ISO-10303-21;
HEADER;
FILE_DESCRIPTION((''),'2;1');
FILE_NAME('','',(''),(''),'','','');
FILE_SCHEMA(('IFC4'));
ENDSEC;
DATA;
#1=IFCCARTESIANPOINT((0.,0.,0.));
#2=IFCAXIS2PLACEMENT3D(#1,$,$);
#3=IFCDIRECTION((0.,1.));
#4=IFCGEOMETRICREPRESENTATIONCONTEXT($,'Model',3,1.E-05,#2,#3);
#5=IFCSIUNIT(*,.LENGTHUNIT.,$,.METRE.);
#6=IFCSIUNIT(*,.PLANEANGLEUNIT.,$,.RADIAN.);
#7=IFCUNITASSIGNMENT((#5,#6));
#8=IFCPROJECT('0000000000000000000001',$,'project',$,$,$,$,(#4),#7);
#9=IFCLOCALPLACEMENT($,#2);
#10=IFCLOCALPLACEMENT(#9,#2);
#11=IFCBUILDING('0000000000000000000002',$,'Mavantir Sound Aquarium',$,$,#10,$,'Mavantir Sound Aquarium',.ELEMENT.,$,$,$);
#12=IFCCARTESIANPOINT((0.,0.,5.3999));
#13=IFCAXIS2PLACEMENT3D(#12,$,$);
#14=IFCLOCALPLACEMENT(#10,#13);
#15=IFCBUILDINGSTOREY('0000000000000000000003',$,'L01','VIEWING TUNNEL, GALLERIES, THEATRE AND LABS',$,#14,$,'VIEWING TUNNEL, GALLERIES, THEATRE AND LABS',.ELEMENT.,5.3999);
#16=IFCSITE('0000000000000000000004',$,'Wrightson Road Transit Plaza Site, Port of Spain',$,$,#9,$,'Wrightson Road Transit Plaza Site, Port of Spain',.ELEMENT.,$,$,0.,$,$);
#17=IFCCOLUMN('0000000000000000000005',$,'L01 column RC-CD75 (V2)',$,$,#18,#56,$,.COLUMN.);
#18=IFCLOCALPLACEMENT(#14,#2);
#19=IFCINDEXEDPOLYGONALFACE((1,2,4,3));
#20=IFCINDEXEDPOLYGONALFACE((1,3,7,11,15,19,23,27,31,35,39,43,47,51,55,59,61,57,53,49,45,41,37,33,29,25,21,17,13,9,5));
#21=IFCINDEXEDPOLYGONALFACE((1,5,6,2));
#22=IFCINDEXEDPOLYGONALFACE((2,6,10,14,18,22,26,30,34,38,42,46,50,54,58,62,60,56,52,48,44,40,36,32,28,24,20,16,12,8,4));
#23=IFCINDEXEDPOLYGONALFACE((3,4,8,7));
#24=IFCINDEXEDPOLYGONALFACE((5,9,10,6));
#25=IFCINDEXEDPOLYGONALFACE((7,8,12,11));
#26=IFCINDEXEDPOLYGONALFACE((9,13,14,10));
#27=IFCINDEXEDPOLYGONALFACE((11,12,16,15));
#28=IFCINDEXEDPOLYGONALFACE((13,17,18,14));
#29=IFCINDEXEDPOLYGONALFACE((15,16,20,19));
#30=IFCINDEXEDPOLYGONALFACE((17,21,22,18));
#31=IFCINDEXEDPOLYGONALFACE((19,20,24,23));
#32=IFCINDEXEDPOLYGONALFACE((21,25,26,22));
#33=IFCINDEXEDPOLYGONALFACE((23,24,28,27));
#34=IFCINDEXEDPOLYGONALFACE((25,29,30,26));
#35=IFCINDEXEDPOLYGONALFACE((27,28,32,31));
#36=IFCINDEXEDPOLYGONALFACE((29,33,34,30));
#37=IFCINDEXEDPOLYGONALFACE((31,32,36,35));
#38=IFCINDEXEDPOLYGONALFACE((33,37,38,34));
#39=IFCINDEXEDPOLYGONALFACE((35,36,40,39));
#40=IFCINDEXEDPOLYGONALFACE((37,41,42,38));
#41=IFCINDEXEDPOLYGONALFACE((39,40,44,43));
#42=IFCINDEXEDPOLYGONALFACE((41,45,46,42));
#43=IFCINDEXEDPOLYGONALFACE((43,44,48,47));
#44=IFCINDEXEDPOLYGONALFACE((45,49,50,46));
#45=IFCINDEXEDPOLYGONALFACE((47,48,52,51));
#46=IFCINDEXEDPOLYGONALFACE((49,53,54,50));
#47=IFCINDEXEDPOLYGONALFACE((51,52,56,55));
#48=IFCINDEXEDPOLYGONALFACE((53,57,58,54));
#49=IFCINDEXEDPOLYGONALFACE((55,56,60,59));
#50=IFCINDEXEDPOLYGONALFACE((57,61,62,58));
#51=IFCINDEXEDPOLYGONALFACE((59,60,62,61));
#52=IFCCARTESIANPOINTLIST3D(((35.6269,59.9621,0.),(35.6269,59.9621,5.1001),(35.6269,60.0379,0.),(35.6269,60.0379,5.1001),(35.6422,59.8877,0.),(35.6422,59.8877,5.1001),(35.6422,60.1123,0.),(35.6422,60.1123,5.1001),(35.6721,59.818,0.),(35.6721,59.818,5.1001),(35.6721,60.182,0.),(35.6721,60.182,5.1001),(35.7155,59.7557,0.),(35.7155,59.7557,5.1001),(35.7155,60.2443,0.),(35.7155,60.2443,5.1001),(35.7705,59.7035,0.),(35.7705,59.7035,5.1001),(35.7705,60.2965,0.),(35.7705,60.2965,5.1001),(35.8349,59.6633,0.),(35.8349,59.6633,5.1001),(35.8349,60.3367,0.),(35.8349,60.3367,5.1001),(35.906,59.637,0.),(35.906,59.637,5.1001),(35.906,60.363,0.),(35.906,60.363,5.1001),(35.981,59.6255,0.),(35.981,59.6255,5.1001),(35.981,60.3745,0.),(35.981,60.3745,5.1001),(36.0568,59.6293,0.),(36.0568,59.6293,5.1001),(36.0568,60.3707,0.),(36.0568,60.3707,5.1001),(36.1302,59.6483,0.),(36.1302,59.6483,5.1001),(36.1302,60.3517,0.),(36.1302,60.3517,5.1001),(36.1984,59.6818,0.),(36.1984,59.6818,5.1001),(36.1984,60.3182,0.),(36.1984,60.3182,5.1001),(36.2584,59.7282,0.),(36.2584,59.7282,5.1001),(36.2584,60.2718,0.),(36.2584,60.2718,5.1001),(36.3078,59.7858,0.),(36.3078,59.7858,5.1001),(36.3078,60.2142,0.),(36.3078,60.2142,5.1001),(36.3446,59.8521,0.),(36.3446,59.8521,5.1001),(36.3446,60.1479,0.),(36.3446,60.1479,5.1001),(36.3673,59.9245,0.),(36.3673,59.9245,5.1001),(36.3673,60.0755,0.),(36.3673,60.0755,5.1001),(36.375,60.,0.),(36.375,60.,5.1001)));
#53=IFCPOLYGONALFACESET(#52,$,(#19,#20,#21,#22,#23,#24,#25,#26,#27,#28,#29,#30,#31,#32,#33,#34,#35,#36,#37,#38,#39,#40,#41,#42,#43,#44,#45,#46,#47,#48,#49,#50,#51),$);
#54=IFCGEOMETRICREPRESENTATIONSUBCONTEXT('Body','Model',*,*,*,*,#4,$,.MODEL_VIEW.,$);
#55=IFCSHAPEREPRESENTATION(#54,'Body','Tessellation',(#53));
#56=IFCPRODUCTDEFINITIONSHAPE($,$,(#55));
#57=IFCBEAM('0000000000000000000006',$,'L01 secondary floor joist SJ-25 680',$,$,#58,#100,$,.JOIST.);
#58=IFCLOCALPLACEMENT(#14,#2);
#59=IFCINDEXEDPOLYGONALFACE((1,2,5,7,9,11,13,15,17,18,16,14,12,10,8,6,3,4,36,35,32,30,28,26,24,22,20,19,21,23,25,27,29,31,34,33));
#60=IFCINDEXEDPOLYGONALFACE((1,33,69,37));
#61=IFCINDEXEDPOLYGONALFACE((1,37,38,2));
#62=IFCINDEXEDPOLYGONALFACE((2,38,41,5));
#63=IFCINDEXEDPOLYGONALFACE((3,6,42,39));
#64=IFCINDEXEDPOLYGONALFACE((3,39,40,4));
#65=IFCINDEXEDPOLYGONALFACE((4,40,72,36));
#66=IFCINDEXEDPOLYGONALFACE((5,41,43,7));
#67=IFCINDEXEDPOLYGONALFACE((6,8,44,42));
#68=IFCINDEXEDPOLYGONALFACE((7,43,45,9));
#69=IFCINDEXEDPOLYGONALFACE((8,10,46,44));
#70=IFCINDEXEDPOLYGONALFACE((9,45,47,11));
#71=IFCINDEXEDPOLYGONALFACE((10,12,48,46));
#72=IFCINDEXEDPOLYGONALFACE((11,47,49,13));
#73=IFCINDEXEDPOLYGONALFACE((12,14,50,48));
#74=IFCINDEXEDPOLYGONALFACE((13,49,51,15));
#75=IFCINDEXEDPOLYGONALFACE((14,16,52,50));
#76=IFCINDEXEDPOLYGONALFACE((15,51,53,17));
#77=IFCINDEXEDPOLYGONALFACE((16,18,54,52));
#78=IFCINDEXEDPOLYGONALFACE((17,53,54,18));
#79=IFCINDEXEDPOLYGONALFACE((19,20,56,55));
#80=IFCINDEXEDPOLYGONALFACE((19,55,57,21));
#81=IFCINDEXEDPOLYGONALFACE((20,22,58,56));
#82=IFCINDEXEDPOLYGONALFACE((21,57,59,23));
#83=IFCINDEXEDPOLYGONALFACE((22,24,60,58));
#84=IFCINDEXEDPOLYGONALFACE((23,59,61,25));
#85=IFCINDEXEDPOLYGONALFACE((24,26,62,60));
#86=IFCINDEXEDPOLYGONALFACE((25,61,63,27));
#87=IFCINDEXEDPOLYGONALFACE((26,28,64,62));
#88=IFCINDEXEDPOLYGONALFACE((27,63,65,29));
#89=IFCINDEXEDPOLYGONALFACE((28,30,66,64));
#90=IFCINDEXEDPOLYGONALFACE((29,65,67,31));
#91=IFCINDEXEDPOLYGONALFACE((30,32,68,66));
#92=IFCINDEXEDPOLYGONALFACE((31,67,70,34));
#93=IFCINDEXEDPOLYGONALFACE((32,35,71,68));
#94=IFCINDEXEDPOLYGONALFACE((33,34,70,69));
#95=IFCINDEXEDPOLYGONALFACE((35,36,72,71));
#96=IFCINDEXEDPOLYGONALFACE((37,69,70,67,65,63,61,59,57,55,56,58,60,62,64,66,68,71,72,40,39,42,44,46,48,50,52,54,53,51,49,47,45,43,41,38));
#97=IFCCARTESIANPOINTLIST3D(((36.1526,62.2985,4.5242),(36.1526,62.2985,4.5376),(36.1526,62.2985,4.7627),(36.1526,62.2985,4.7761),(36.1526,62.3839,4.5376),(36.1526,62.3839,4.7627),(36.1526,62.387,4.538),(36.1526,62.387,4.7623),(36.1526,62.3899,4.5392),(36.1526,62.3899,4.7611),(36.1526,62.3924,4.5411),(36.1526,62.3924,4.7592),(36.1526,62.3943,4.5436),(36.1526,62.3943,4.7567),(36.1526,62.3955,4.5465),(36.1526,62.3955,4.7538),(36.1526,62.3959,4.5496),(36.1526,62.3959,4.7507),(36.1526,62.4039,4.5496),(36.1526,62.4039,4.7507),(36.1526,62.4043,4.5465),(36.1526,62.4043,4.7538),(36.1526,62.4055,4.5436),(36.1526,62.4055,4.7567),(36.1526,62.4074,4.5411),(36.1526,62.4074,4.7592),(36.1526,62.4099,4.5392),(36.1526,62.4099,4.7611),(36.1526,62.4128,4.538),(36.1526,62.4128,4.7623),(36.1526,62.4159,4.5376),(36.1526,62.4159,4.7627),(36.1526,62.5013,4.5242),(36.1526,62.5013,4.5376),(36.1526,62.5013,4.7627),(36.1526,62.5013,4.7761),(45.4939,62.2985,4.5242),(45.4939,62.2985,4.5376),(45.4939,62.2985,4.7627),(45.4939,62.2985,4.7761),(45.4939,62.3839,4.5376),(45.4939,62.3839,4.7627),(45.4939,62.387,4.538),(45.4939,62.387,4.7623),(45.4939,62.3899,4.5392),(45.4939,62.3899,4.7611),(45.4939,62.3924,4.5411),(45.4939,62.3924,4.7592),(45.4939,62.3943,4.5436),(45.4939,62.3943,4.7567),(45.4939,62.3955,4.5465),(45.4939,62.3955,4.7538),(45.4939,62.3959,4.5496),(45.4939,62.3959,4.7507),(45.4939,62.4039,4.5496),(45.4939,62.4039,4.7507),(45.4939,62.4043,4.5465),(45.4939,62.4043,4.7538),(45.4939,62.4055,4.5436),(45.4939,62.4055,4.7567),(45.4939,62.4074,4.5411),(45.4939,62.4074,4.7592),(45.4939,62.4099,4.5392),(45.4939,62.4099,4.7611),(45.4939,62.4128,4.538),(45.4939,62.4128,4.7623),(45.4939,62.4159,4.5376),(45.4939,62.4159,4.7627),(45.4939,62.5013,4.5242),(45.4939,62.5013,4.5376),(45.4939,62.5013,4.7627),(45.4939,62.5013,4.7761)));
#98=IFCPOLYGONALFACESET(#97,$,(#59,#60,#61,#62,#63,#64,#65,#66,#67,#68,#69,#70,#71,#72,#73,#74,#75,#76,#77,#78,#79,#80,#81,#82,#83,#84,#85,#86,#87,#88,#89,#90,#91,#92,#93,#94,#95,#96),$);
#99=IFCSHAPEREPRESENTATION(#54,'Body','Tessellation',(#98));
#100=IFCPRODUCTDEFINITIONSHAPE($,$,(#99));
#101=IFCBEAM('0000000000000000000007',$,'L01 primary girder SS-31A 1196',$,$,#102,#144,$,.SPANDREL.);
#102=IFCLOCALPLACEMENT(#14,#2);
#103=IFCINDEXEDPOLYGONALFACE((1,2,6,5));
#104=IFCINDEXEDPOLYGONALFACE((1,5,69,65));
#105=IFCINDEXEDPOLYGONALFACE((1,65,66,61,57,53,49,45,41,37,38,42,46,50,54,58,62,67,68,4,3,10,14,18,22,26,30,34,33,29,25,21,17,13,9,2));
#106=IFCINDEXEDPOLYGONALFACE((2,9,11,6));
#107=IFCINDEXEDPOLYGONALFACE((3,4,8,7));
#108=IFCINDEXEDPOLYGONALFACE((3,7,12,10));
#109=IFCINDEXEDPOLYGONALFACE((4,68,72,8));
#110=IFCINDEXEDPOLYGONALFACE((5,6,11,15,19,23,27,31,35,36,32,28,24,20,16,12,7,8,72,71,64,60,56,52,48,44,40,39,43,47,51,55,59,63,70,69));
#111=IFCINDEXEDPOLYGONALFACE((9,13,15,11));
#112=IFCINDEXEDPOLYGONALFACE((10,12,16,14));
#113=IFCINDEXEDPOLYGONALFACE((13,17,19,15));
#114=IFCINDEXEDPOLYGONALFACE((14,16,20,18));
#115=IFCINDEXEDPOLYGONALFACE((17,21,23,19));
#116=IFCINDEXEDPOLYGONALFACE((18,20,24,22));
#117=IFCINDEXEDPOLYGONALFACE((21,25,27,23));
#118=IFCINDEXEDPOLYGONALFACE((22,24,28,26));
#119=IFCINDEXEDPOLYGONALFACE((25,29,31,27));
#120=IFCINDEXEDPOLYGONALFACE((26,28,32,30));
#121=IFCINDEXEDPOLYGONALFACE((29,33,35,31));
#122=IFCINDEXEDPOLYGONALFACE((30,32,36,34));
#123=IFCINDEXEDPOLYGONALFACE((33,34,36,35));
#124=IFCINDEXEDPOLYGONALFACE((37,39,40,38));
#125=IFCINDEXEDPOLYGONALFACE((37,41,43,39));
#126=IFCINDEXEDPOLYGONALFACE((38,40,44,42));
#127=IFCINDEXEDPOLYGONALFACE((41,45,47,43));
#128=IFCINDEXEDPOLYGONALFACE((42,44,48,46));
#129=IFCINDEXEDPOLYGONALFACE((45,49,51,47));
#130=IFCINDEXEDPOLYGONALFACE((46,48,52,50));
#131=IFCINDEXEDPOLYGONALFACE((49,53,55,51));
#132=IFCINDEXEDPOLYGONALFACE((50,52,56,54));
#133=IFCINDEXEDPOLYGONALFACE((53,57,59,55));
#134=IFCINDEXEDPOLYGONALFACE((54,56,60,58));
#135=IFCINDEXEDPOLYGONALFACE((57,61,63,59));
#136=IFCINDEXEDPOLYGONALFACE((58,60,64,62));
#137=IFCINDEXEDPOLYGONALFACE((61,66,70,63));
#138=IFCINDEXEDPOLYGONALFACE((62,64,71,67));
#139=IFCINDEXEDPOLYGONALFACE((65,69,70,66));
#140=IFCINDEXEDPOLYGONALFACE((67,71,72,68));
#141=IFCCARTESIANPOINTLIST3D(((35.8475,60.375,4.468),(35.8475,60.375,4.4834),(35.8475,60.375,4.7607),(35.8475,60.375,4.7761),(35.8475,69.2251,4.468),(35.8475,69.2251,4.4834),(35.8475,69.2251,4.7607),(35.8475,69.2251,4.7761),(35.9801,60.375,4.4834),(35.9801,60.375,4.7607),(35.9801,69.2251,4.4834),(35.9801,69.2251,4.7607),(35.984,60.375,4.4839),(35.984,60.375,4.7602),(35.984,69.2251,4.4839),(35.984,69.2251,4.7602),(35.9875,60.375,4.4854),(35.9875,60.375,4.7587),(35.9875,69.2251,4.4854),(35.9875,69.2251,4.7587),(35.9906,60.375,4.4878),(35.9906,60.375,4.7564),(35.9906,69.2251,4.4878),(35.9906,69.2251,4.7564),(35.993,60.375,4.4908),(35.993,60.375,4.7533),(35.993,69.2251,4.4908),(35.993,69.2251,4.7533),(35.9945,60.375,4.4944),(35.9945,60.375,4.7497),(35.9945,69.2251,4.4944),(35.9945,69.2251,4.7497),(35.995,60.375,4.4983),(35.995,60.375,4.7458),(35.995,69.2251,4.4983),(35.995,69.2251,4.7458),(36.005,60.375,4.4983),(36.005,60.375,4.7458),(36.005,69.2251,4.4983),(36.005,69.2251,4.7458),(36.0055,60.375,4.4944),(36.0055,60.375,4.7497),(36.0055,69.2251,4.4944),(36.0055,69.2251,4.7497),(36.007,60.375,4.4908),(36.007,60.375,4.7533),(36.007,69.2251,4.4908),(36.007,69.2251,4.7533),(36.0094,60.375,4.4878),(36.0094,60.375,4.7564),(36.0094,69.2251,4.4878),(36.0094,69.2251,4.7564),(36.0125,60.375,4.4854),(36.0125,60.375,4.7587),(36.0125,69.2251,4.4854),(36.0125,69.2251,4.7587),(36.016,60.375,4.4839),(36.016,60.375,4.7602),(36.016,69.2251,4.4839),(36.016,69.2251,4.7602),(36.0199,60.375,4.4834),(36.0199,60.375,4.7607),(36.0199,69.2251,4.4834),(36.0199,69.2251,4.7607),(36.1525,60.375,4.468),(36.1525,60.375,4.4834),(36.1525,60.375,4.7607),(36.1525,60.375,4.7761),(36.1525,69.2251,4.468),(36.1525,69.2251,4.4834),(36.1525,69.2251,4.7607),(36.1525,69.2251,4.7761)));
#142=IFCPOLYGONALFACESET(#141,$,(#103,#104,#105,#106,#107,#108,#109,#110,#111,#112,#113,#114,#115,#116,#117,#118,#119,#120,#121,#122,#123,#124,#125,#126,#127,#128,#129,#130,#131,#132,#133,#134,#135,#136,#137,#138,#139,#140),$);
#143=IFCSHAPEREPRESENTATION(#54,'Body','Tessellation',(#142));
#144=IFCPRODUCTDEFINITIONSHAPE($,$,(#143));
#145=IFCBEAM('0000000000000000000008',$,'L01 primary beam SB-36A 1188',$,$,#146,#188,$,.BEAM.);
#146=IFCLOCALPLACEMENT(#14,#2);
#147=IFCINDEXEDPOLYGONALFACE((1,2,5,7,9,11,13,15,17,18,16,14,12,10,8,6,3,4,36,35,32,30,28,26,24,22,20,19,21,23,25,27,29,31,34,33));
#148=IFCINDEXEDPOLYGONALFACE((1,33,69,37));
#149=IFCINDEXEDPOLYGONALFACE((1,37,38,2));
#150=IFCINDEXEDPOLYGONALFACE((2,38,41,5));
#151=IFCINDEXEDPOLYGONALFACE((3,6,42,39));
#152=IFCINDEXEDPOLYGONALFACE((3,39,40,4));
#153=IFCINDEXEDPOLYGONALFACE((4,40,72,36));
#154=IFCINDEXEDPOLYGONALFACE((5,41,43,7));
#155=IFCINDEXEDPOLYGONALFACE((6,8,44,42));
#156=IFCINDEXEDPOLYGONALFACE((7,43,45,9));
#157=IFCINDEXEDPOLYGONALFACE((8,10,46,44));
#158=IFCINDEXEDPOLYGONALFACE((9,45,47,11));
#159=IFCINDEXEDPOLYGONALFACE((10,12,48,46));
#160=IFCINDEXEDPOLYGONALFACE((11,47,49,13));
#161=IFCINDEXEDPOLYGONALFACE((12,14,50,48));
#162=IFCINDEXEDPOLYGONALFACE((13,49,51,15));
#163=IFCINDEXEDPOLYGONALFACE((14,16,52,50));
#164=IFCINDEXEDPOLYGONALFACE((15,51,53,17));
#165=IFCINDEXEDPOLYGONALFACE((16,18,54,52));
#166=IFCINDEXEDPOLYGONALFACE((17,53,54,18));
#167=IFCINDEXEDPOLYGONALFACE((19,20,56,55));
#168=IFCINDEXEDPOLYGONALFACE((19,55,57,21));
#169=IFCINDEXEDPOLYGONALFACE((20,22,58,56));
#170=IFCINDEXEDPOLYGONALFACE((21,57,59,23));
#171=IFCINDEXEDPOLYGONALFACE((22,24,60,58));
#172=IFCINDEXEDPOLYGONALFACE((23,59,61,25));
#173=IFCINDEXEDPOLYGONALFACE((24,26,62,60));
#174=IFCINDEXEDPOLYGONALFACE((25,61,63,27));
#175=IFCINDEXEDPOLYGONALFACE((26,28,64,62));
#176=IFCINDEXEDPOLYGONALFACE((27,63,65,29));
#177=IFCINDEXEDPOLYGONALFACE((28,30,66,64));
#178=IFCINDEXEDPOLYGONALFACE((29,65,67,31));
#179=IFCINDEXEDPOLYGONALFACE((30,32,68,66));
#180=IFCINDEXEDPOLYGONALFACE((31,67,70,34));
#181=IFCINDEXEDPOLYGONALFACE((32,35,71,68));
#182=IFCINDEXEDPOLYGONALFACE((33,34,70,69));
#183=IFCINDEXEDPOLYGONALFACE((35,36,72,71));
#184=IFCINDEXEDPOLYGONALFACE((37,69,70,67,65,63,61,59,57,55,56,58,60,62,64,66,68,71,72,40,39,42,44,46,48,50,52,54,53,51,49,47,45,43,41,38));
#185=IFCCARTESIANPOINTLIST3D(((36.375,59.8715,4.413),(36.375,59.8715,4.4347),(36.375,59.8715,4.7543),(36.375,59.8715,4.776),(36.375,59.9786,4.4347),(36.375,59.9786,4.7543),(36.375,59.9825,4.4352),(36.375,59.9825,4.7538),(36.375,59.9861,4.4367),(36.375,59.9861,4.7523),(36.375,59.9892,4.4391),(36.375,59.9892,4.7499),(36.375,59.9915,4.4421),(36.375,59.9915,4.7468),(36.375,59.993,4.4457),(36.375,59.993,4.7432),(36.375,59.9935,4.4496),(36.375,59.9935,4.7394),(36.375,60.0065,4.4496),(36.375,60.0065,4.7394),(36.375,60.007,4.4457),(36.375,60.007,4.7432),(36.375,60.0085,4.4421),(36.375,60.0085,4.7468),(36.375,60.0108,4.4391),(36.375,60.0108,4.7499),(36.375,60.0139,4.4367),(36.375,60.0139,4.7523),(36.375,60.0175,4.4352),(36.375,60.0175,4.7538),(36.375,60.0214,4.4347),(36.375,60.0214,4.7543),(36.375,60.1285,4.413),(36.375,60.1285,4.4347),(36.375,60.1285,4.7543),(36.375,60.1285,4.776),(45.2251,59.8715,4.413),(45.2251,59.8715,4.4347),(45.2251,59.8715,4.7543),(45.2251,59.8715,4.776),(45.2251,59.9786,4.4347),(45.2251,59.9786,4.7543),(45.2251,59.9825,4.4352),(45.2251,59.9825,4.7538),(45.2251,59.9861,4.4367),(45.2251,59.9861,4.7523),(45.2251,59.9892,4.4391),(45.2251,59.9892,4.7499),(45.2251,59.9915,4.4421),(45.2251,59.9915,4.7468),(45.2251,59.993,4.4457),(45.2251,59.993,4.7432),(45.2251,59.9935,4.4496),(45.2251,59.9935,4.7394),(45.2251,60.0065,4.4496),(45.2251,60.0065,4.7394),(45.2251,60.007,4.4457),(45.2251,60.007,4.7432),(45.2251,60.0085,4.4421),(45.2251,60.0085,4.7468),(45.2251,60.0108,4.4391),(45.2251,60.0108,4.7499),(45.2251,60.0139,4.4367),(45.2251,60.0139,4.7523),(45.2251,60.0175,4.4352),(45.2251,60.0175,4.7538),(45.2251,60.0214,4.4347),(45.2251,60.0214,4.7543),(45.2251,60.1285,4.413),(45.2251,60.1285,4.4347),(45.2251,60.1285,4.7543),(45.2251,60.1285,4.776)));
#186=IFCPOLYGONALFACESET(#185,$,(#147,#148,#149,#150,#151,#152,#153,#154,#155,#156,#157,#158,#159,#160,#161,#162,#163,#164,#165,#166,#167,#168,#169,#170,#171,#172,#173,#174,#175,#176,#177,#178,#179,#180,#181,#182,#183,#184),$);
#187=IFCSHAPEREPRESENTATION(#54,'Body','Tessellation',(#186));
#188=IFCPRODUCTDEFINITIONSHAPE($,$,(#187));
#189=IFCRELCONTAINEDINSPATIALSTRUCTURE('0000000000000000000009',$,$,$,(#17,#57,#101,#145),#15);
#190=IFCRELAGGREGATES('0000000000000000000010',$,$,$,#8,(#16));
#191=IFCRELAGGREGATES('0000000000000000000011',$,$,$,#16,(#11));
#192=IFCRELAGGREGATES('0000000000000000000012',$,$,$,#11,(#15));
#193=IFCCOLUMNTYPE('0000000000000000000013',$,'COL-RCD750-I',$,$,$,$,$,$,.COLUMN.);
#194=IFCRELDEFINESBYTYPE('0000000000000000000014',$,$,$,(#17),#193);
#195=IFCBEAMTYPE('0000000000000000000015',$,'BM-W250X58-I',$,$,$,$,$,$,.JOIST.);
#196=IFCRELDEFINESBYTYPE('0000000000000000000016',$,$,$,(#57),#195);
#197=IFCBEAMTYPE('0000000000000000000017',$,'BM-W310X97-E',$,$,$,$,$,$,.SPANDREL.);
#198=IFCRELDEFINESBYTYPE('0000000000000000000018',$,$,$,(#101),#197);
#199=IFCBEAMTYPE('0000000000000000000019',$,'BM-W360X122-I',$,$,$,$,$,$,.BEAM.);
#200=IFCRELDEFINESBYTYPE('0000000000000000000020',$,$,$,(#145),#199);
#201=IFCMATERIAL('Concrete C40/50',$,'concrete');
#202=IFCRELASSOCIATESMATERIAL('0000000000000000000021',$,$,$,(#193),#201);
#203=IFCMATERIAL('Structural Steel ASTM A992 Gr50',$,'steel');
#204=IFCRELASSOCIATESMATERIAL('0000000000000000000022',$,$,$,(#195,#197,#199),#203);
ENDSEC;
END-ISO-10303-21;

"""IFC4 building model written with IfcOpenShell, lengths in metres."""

from ifc_helpers import new_model, si_unit, direction, frame, origin, origin_2d, place, context, subcontext, project, spatial, circle, i_section, extrude, material, material_profile, profile_set, type_object, element, save


model = new_model("IFC4")

# Units and contexts
model_context = context("Model", 3, precision=1e-05, world=origin(), true_north=direction((0.0, 1.0)))
body_context = subcontext(model_context, "Body", "Model", "MODEL_VIEW")
ifc_project = project(units=[si_unit("LENGTHUNIT", "METRE"), si_unit("PLANEANGLEUNIT", "RADIAN")], contexts=[model_context])

# Site, building, storey
site_placement = place(None, origin())
site = spatial("IfcSite", under=ifc_project, at=site_placement, Name="Wrightson Road Transit Plaza Site, Port of Spain", LongName="Wrightson Road Transit Plaza Site, Port of Spain", CompositionType="ELEMENT", RefElevation=0.0)
building_placement = place(site_placement, origin())
building = spatial("IfcBuilding", under=site, at=building_placement, Name="Mavantir Sound Aquarium", LongName="Mavantir Sound Aquarium", CompositionType="ELEMENT")
storey_placement = place(building_placement, frame((0.0, 0.0, 5.3999)))
storey = spatial("IfcBuildingStorey", under=building, at=storey_placement, Name="L01", Description="VIEWING TUNNEL, GALLERIES, THEATRE AND LABS", LongName="VIEWING TUNNEL, GALLERIES, THEATRE AND LABS", CompositionType="ELEMENT", Elevation=5.3999)

# Column
ifc_material_1 = material(Name="Concrete C40/50", Category="concrete")
ifc_material_profile_1 = material_profile(ifc_material_1, circle(Radius=0.375, at=origin_2d()), Name="RC D750")
ifc_profile_set_1 = profile_set([ifc_material_profile_1], Name="Concrete C40/50")
column_type = type_object("IfcColumnType", Name="COL-RCD750-I", PredefinedType="COLUMN", material=ifc_profile_set_1)
column_placement = place(storey_placement, frame((36.0, 60.0, 0.0), z_axis=(0.0, 0.0, 1.0), x_axis=(1.0, 0.0, 0.0)))
element("IfcColumn", 1, at=column_placement, inside=storey, type_object=column_type, Name="L01 column RC-CD75 (V2)", PredefinedType="COLUMN", context=body_context, shape_type="SweptSolid", body=[
    extrude(circle(Radius=0.375, at=origin_2d()), origin(), (0.0, 0.0, 1.0), 5.1001),
])

# Beams
ifc_material_2 = material(Name="Structural Steel ASTM A992 Gr50", Category="steel")
ifc_material_profile_2 = material_profile(ifc_material_2, i_section(OverallWidth=0.2029, OverallDepth=0.252, WebThickness=0.0081, FlangeThickness=0.0134, FilletRadius=0.012, at=origin_2d()), Name="W250X58")
ifc_profile_set_2 = profile_set([ifc_material_profile_2], Name="Structural Steel ASTM A992 Gr50")
beam_type_1 = type_object("IfcBeamType", Name="BM-W250X58-I", PredefinedType="JOIST", material=ifc_profile_set_2)
beam_1_placement = place(storey_placement, frame((36.1526, 62.3999, 4.6501), z_axis=(1.0, 0.0, 0.0), x_axis=(0.0, 1.0, 0.0)))
element("IfcBeam", 2, at=beam_1_placement, inside=storey, type_object=beam_type_1, Name="L01 secondary floor joist SJ-25 680", PredefinedType="JOIST", context=body_context, shape_type="SweptSolid", body=[
    extrude(i_section(OverallWidth=0.2029, OverallDepth=0.252, WebThickness=0.0081, FlangeThickness=0.0134, FilletRadius=0.012, at=origin_2d()), origin(), (0.0, 0.0, 1.0), 9.3413),
])
ifc_material_profile_3 = material_profile(ifc_material_2, i_section(OverallWidth=0.3049, OverallDepth=0.3081, WebThickness=0.01, FlangeThickness=0.0154, FilletRadius=0.0149, at=origin_2d()), Name="W310X97")
ifc_profile_set_3 = profile_set([ifc_material_profile_3], Name="Structural Steel ASTM A992 Gr50")
beam_type_2 = type_object("IfcBeamType", Name="BM-W310X97-E", PredefinedType="SPANDREL", material=ifc_profile_set_3)
beam_2_placement = place(storey_placement, frame((36.0, 60.375, 4.6221), z_axis=(0.0, 1.0, 0.0), x_axis=(-1.0, 0.0, 0.0)))
element("IfcBeam", 3, at=beam_2_placement, inside=storey, type_object=beam_type_2, Name="L01 primary girder SS-31A 1196", PredefinedType="SPANDREL", context=body_context, shape_type="SweptSolid", body=[
    extrude(i_section(OverallWidth=0.3049, OverallDepth=0.3081, WebThickness=0.01, FlangeThickness=0.0154, FilletRadius=0.0149, at=origin_2d()), origin(), (0.0, 0.0, 1.0), 8.8501),
])
ifc_material_profile_4 = material_profile(ifc_material_2, i_section(OverallWidth=0.2571, OverallDepth=0.363, WebThickness=0.0129, FlangeThickness=0.0217, FilletRadius=0.0149, at=origin_2d()), Name="W360X122")
ifc_profile_set_4 = profile_set([ifc_material_profile_4], Name="Structural Steel ASTM A992 Gr50")
beam_type_3 = type_object("IfcBeamType", Name="BM-W360X122-I", PredefinedType="BEAM", material=ifc_profile_set_4)
beam_3_placement = place(storey_placement, frame((36.375, 60.0, 4.5945), z_axis=(1.0, 0.0, 0.0), x_axis=(0.0, 1.0, 0.0)))
element("IfcBeam", 4, at=beam_3_placement, inside=storey, type_object=beam_type_3, Name="L01 primary beam SB-36A 1188", PredefinedType="BEAM", context=body_context, shape_type="SweptSolid", body=[
    extrude(i_section(OverallWidth=0.2571, OverallDepth=0.363, WebThickness=0.0129, FlangeThickness=0.0217, FilletRadius=0.0149, at=origin_2d()), origin(), (0.0, 0.0, 1.0), 8.8501),
])

save(model, "model.ifc")
